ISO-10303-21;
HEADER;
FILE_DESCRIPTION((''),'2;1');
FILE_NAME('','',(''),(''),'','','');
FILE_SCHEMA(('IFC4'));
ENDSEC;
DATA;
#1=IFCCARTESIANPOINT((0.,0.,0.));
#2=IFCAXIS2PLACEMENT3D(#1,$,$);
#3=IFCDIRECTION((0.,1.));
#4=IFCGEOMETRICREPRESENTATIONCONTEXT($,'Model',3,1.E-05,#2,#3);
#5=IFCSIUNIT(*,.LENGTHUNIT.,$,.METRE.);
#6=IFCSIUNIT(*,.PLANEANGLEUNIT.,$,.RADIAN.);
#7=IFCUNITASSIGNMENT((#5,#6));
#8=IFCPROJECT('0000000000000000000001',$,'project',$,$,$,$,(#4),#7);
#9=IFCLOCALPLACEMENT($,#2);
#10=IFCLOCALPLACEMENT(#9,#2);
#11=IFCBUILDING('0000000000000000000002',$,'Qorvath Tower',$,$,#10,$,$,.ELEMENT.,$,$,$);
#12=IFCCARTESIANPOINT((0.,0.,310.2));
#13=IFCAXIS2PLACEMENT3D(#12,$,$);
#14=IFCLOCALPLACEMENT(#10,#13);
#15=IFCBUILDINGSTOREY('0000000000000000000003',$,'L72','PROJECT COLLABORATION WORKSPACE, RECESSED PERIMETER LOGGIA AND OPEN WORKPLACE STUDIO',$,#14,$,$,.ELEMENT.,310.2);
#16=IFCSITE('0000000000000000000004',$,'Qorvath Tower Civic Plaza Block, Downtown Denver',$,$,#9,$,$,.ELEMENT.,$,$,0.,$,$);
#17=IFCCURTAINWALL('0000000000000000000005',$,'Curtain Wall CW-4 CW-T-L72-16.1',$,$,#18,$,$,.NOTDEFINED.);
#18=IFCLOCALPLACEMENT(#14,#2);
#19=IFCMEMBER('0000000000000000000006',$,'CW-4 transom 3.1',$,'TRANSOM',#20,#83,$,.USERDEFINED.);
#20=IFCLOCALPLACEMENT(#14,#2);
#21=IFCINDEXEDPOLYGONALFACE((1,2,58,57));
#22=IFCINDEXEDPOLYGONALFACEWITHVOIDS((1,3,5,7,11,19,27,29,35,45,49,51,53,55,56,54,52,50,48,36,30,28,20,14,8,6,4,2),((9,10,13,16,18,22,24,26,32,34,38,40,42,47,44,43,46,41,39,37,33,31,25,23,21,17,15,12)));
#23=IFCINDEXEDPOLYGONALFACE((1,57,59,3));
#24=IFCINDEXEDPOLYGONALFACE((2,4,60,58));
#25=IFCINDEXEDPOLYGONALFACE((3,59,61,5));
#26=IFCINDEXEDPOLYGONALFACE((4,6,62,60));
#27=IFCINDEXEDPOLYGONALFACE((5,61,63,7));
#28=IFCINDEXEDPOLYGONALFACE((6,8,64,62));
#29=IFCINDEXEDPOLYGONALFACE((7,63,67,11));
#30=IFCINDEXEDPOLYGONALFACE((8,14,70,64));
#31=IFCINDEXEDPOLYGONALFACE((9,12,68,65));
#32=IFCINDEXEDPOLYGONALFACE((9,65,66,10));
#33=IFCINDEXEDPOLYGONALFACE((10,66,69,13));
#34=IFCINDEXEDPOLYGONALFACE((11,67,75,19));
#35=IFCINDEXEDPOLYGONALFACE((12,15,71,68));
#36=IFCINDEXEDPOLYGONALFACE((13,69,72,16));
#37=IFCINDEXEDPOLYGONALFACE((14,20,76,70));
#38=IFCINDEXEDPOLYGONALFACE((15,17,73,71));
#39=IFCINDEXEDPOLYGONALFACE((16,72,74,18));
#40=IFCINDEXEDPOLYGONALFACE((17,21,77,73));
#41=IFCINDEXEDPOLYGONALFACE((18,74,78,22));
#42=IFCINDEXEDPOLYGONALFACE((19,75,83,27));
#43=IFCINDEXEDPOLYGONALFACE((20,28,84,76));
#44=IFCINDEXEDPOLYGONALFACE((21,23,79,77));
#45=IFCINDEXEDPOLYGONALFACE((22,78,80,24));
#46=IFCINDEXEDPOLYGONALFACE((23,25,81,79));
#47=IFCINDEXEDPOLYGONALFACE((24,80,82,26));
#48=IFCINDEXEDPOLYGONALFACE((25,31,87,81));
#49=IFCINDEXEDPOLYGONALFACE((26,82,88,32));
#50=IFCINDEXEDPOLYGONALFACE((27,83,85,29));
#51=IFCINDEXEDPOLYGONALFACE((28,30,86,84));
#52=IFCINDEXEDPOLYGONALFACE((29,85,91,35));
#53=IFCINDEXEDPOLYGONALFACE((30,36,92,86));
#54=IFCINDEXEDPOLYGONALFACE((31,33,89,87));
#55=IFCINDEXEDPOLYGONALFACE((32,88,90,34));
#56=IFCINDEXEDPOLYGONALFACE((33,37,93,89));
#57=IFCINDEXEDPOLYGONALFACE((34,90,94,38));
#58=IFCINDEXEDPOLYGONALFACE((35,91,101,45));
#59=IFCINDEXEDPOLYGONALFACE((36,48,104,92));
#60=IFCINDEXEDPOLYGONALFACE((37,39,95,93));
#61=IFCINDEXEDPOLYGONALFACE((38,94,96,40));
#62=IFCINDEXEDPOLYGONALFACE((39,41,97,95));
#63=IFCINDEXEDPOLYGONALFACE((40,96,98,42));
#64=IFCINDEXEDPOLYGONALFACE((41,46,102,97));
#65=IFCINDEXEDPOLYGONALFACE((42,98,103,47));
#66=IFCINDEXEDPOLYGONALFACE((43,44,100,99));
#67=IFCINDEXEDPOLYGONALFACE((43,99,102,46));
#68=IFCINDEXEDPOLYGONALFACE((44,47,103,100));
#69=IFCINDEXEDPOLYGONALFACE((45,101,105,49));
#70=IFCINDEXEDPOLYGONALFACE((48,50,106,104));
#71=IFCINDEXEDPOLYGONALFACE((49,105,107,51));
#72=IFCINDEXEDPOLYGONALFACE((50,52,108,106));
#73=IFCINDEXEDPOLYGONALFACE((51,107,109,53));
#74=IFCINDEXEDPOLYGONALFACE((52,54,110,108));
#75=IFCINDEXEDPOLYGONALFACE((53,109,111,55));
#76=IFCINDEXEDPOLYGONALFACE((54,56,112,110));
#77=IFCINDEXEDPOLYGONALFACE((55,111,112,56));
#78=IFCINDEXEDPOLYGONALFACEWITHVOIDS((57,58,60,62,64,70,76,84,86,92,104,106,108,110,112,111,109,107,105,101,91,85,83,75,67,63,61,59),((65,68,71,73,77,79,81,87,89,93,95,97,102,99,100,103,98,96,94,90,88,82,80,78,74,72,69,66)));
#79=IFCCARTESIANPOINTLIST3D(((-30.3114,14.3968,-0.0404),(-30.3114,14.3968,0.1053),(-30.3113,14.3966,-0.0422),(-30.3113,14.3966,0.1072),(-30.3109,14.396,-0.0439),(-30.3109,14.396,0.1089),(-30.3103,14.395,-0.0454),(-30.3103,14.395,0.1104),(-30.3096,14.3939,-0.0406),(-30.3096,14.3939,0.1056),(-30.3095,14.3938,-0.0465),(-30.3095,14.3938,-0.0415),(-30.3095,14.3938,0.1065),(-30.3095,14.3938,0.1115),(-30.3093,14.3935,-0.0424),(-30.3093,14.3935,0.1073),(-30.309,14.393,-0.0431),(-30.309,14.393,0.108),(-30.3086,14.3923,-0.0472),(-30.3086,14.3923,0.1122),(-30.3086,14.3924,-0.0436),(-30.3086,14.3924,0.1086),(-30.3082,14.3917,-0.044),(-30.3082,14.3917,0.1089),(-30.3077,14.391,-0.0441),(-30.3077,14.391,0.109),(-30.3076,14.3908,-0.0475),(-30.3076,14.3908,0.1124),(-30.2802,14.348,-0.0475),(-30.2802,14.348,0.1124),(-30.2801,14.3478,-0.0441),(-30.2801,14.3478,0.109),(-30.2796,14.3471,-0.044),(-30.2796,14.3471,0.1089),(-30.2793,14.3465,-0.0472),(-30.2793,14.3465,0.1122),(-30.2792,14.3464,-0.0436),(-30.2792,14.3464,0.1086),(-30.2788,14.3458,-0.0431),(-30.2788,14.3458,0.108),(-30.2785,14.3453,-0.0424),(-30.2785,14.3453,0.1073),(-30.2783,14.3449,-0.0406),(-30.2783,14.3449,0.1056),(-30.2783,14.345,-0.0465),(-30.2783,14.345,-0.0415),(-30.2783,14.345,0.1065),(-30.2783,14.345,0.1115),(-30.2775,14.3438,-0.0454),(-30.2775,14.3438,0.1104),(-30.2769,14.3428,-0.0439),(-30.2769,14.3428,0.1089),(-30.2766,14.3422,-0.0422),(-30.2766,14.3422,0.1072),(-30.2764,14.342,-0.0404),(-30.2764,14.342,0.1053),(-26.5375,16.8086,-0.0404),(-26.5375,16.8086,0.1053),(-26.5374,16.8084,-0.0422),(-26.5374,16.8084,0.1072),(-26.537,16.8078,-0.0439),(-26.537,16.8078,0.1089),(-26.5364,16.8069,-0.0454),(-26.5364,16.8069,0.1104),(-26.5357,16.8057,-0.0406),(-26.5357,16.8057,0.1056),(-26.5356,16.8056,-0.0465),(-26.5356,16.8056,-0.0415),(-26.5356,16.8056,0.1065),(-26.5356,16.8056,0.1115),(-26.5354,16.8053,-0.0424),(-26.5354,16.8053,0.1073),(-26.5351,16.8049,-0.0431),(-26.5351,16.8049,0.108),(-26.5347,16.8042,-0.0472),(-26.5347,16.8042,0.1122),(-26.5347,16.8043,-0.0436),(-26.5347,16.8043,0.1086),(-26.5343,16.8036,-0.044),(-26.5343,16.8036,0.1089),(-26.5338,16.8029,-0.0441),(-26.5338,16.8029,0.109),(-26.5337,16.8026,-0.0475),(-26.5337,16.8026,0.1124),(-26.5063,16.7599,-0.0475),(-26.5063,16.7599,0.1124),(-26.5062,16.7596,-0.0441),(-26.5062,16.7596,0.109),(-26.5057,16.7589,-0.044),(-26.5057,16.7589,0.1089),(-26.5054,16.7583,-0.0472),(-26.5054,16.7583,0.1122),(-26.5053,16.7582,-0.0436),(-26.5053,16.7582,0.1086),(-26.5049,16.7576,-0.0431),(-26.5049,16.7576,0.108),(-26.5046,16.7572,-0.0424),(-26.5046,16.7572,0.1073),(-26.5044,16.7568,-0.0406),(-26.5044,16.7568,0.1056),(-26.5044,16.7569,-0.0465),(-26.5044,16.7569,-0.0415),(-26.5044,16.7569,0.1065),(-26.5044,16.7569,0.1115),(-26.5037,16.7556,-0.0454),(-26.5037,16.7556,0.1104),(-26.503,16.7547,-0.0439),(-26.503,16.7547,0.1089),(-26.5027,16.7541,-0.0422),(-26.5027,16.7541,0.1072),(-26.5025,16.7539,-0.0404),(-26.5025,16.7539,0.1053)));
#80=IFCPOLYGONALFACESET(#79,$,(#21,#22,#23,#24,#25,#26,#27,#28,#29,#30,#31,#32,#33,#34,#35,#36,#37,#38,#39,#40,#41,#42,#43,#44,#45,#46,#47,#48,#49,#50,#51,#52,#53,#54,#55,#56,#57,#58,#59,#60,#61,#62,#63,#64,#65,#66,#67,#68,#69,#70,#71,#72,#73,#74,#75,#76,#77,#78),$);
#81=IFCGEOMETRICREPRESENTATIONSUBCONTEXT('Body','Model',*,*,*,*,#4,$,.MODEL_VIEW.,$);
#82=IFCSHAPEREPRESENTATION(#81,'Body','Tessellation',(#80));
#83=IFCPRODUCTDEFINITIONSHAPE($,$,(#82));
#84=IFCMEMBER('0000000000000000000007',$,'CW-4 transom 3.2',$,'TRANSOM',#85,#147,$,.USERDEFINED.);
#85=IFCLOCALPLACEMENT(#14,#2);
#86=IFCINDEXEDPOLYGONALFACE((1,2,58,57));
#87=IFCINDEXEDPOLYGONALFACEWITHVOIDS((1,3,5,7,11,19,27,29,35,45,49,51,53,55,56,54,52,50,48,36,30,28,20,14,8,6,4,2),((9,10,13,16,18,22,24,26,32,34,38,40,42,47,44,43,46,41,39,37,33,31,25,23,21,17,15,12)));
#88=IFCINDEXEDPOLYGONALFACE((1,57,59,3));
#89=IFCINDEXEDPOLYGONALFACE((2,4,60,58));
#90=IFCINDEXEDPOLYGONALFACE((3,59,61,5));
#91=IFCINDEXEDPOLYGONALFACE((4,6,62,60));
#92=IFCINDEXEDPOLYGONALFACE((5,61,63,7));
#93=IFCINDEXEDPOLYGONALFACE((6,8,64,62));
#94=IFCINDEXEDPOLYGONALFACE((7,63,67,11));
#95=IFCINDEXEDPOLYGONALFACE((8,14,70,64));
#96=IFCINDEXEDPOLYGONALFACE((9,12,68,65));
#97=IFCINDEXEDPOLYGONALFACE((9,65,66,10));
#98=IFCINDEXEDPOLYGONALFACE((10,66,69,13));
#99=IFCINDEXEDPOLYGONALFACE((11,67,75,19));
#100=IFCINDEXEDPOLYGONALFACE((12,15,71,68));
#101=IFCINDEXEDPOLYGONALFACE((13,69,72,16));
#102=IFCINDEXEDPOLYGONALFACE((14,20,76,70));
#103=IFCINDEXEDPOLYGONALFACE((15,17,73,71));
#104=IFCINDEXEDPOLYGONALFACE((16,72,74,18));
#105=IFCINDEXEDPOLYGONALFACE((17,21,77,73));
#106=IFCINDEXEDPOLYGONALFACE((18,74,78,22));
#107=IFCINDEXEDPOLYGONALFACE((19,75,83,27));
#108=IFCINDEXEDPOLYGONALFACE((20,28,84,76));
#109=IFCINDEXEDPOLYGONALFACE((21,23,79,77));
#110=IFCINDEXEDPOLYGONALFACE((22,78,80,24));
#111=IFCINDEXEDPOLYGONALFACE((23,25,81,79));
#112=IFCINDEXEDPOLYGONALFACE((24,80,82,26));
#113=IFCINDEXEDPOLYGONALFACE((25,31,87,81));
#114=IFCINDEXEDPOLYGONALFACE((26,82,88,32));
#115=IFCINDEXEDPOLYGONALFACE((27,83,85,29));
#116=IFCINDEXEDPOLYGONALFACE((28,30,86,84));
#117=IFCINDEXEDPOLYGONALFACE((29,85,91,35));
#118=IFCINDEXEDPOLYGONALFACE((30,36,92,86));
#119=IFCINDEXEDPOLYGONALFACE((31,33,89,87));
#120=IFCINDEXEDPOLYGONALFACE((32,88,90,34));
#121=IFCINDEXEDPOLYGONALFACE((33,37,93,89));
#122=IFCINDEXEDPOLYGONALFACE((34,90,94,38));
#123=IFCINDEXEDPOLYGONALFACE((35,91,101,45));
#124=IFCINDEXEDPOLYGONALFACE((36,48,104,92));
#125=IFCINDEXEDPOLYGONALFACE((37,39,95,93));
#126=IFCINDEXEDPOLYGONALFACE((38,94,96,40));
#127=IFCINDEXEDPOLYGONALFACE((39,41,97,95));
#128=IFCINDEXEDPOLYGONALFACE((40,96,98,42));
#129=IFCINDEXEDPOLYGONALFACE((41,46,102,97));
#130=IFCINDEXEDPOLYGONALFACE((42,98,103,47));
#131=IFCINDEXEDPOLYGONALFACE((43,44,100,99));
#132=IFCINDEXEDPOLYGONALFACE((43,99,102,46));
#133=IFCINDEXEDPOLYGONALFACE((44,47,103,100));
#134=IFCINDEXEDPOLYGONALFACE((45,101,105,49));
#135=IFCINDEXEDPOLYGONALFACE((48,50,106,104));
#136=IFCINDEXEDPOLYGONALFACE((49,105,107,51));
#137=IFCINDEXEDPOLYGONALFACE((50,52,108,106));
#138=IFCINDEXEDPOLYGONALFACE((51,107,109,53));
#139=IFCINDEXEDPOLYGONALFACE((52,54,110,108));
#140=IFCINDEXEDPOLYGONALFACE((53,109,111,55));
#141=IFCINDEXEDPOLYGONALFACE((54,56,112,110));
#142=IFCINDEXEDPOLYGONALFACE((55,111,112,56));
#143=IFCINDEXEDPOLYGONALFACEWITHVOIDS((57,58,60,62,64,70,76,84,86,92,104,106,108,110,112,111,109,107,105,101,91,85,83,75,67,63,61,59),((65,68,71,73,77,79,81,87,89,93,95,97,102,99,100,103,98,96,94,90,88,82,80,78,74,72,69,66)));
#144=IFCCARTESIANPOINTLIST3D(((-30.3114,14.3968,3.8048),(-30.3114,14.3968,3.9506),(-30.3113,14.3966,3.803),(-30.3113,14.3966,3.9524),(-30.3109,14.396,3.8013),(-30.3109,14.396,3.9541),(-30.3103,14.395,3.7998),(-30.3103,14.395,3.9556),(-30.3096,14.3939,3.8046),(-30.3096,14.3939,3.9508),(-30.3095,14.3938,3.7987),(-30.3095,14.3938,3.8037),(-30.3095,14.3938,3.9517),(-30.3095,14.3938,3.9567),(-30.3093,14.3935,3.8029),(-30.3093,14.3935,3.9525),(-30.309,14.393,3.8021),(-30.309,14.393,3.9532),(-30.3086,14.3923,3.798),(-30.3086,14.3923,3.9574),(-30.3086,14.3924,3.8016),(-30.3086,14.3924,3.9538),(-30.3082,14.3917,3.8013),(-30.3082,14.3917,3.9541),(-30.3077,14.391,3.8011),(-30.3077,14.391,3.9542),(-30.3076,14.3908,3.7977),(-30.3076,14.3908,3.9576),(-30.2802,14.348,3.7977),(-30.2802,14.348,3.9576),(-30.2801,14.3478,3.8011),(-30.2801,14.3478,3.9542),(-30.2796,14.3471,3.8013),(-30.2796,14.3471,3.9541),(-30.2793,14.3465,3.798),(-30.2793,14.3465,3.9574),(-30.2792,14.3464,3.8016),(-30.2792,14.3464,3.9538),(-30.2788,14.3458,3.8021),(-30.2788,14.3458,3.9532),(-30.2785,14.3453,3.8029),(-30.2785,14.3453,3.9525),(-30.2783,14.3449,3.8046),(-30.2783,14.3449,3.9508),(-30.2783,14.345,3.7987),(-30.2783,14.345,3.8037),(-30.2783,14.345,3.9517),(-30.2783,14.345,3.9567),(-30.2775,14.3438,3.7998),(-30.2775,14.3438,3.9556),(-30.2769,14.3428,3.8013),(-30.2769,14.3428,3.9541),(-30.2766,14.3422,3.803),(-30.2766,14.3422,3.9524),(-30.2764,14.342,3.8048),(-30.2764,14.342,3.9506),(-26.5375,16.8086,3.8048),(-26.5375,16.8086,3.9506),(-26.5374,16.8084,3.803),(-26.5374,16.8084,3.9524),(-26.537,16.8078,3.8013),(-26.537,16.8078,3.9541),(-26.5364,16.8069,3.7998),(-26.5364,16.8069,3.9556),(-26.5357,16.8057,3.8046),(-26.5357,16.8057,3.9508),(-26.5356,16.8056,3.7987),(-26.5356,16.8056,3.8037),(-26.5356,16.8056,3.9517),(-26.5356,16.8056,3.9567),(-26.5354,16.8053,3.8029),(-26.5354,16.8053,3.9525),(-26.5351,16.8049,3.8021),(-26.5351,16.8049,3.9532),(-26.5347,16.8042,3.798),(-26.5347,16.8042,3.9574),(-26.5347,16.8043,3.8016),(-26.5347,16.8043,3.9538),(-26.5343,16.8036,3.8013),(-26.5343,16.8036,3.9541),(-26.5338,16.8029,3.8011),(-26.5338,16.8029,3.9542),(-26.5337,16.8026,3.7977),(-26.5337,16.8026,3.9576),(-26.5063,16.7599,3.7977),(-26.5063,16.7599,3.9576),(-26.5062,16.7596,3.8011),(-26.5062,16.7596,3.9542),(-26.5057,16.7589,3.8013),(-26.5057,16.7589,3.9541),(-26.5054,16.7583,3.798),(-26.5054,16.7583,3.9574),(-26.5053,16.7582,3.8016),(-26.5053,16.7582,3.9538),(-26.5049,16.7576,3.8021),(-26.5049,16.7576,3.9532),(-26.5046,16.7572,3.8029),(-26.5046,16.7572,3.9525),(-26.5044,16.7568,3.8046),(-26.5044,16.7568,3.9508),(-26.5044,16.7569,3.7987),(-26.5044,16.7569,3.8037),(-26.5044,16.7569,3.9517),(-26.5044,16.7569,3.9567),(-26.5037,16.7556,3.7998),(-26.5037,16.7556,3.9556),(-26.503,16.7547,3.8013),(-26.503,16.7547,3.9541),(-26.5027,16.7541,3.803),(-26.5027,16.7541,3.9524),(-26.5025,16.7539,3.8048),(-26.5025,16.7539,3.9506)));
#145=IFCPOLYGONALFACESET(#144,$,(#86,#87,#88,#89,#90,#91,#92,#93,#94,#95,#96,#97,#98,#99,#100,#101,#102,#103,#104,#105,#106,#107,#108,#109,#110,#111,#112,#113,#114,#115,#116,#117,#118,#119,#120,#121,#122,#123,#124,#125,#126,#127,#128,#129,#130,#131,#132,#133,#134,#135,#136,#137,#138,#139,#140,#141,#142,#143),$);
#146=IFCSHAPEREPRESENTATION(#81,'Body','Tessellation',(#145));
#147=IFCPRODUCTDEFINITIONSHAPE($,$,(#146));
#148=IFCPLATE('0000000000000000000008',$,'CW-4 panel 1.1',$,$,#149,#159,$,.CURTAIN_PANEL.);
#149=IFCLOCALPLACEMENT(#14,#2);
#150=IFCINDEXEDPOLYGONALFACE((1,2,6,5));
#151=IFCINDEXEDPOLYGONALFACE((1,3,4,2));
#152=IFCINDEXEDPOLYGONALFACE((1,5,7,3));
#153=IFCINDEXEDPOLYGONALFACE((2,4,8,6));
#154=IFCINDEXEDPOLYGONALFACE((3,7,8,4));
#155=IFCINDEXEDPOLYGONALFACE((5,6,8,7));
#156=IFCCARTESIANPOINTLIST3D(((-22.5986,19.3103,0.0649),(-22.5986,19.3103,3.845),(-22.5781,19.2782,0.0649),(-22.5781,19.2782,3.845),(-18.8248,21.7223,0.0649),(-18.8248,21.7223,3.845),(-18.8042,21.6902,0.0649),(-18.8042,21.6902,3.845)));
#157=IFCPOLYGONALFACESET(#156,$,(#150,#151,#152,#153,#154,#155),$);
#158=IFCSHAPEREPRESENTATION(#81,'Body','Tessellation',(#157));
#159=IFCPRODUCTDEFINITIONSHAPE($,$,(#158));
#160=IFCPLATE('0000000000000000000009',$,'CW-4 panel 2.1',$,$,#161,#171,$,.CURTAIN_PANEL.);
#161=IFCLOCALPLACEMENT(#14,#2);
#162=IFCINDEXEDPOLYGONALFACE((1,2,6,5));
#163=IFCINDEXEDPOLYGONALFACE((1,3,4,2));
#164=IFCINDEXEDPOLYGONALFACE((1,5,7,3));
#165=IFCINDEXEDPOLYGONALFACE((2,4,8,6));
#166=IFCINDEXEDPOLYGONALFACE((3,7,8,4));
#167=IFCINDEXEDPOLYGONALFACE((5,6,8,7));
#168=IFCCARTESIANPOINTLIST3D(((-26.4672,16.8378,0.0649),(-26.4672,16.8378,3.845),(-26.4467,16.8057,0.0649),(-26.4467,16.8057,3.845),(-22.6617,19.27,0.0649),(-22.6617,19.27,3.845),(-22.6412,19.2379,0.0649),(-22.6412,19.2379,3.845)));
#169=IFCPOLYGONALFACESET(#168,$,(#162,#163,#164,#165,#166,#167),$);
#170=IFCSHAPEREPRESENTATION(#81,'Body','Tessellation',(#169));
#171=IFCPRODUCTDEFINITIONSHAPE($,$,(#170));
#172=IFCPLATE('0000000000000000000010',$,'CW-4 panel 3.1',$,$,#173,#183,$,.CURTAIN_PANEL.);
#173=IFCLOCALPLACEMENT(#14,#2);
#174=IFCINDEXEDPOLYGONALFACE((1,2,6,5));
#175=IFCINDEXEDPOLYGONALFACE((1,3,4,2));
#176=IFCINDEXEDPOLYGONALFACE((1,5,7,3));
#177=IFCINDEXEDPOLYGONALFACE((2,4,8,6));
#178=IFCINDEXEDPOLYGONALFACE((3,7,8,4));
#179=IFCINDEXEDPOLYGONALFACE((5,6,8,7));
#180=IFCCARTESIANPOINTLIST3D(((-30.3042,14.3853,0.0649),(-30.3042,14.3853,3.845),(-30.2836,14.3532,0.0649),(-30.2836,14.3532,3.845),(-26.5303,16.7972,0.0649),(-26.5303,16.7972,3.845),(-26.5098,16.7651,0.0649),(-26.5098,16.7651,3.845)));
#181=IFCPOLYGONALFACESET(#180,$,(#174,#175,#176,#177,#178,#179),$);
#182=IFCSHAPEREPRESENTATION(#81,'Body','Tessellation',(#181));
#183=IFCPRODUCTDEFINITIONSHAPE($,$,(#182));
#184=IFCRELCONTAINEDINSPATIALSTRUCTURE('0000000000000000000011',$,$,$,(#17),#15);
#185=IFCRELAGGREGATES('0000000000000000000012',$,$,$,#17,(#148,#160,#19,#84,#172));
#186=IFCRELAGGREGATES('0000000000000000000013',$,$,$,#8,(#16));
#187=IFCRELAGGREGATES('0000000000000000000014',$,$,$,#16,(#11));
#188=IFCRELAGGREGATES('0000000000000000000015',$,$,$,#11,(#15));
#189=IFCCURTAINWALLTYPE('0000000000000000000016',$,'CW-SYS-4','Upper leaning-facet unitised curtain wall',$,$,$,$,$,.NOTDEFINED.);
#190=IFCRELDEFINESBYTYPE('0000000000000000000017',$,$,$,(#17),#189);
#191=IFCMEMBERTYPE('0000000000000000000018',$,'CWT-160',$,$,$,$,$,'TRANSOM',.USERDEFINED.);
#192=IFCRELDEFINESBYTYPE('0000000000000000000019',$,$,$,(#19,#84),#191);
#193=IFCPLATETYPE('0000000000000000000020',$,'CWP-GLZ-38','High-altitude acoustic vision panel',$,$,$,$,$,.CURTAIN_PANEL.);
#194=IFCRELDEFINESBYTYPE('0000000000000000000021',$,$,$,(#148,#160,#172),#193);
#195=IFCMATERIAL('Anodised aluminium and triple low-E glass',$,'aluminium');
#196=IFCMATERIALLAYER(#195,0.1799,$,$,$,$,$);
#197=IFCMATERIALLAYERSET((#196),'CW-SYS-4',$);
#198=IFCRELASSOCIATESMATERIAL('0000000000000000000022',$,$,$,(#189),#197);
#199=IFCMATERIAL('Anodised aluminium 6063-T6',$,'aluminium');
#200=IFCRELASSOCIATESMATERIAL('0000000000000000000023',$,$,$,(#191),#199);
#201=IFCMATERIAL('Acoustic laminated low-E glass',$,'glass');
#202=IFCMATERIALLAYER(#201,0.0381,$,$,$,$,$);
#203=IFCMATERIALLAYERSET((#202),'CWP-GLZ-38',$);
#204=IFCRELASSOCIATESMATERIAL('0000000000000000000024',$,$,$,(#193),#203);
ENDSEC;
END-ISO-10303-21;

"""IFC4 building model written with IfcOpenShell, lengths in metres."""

from ifc_helpers import new_model, si_unit, direction, frame, origin, origin_2d, place, context, subcontext, project, spatial, rectangle, hollow_rectangle, extrude, material, layer, layer_set, material_profile, profile_set, type_object, element, aggregate, save


model = new_model("IFC4")

# Units and contexts
model_context = context("Model", 3, precision=1e-05, world=origin(), true_north=direction((0.0, 1.0)))
body_context = subcontext(model_context, "Body", "Model", "MODEL_VIEW")
ifc_project = project(units=[si_unit("LENGTHUNIT", "METRE"), si_unit("PLANEANGLEUNIT", "RADIAN")], contexts=[model_context])

# Site, building, storey
site_placement = place(None, origin())
site = spatial("IfcSite", under=ifc_project, at=site_placement, Name="Qorvath Tower Civic Plaza Block, Downtown Denver", CompositionType="ELEMENT", RefElevation=0.0)
building_placement = place(site_placement, origin())
building = spatial("IfcBuilding", under=site, at=building_placement, Name="Qorvath Tower", CompositionType="ELEMENT")
storey_placement = place(building_placement, frame((0.0, 0.0, 310.2)))
storey = spatial("IfcBuildingStorey", under=building, at=storey_placement, Name="L72", Description="PROJECT COLLABORATION WORKSPACE, RECESSED PERIMETER LOGGIA AND OPEN WORKPLACE STUDIO", CompositionType="ELEMENT", Elevation=310.2)

# Curtain wall, members, plates
ifc_material_1 = material(Name="Anodised aluminium and triple low-E glass", Category="aluminium")
ifc_layer_1 = layer(ifc_material_1, 0.1799)
ifc_layer_set_1 = layer_set([ifc_layer_1], Name="CW-SYS-4")
curtain_wall_type = type_object("IfcCurtainWallType", Name="CW-SYS-4", Description="Upper leaning-facet unitised curtain wall", PredefinedType="NOTDEFINED", material=ifc_layer_set_1)
curtain_wall_placement = place(storey_placement, origin())
curtain_wall = element("IfcCurtainWall", 1, at=curtain_wall_placement, inside=storey, type_object=curtain_wall_type, Name="Curtain Wall CW-4 CW-T-L72-16.1", PredefinedType="NOTDEFINED")
ifc_material_2 = material(Name="Anodised aluminium 6063-T6", Category="aluminium")
ifc_material_profile_1 = material_profile(ifc_material_2, hollow_rectangle(XDim=0.0649, YDim=0.1599, WallThickness=0.0034, InnerFilletRadius=0.0034, OuterFilletRadius=0.0071, at=origin_2d()), Name="CWT 160x65")
ifc_profile_set_1 = profile_set([ifc_material_profile_1], Name="Anodised aluminium 6063-T6")
member_type_1 = type_object("IfcMemberType", Name="CWT-160", ElementType="TRANSOM", PredefinedType="USERDEFINED", material=ifc_profile_set_1)
member_1_placement = place(storey_placement, frame((-26.52, 16.7812, 0.0325), z_axis=(-0.842621, -0.538508, 0.0), x_axis=(0.538508, -0.842621, 0.0)))
member_1 = element("IfcMember", 2, at=member_1_placement, type_object=member_type_1, Name="CW-4 transom 3.1", ObjectType="TRANSOM", PredefinedType="USERDEFINED", context=body_context, shape_type="SweptSolid", body=[
    extrude(hollow_rectangle(XDim=0.0649, YDim=0.1599, WallThickness=0.0034, InnerFilletRadius=0.0034, OuterFilletRadius=0.0071, at=origin_2d()), origin(), (0.0, 0.0, 1.0), 4.4788),
])
member_2_placement = place(storey_placement, frame((-26.52, 16.7812, 3.8777), z_axis=(-0.842621, -0.538508, 0.0), x_axis=(0.538508, -0.842621, 0.0)))
member_2 = element("IfcMember", 3, at=member_2_placement, type_object=member_type_1, Name="CW-4 transom 3.2", ObjectType="TRANSOM", PredefinedType="USERDEFINED", context=body_context, shape_type="SweptSolid", body=[
    extrude(hollow_rectangle(XDim=0.0649, YDim=0.1599, WallThickness=0.0034, InnerFilletRadius=0.0034, OuterFilletRadius=0.0071, at=origin_2d()), origin(), (0.0, 0.0, 1.0), 4.4788),
])
ifc_material_3 = material(Name="Acoustic laminated low-E glass", Category="glass")
ifc_layer_2 = layer(ifc_material_3, 0.0381)
ifc_layer_set_2 = layer_set([ifc_layer_2], Name="CWP-GLZ-38")
plate_type = type_object("IfcPlateType", Name="CWP-GLZ-38", Description="High-altitude acoustic vision panel", PredefinedType="CURTAIN_PANEL", material=ifc_layer_set_2)
plate_1_placement = place(storey_placement, frame((-20.7014, 20.5002, 0.0649), z_axis=(0.0, 0.0, 1.0), x_axis=(-0.842605, -0.538531, 0.0)))
plate_1 = element("IfcPlate", 4, at=plate_1_placement, type_object=plate_type, Name="CW-4 panel 1.1", PredefinedType="CURTAIN_PANEL", context=body_context, shape_type="SweptSolid", body=[
    extrude(rectangle(XDim=4.4788, YDim=0.0381, at=origin_2d()), origin(), (0.0, 0.0, 1.0), 3.78),
])
plate_2_placement = place(storey_placement, frame((-24.5542, 18.0378, 0.0649), z_axis=(0.0, 0.0, 1.0), x_axis=(-0.842605, -0.538531, 0.0)))
plate_2 = element("IfcPlate", 5, at=plate_2_placement, type_object=plate_type, Name="CW-4 panel 2.1", PredefinedType="CURTAIN_PANEL", context=body_context, shape_type="SweptSolid", body=[
    extrude(rectangle(XDim=4.5164, YDim=0.0381, at=origin_2d()), origin(), (0.0, 0.0, 1.0), 3.78),
])
plate_3_placement = place(storey_placement, frame((-28.407, 15.5752, 0.0649), z_axis=(0.0, 0.0, 1.0), x_axis=(-0.842605, -0.538531, 0.0)))
plate_3 = element("IfcPlate", 6, at=plate_3_placement, type_object=plate_type, Name="CW-4 panel 3.1", PredefinedType="CURTAIN_PANEL", context=body_context, shape_type="SweptSolid", body=[
    extrude(rectangle(XDim=4.4788, YDim=0.0381, at=origin_2d()), origin(), (0.0, 0.0, 1.0), 3.78),
])
aggregate(curtain_wall, [plate_1, plate_2, member_1, member_2, plate_3])

save(model, "model.ifc")
